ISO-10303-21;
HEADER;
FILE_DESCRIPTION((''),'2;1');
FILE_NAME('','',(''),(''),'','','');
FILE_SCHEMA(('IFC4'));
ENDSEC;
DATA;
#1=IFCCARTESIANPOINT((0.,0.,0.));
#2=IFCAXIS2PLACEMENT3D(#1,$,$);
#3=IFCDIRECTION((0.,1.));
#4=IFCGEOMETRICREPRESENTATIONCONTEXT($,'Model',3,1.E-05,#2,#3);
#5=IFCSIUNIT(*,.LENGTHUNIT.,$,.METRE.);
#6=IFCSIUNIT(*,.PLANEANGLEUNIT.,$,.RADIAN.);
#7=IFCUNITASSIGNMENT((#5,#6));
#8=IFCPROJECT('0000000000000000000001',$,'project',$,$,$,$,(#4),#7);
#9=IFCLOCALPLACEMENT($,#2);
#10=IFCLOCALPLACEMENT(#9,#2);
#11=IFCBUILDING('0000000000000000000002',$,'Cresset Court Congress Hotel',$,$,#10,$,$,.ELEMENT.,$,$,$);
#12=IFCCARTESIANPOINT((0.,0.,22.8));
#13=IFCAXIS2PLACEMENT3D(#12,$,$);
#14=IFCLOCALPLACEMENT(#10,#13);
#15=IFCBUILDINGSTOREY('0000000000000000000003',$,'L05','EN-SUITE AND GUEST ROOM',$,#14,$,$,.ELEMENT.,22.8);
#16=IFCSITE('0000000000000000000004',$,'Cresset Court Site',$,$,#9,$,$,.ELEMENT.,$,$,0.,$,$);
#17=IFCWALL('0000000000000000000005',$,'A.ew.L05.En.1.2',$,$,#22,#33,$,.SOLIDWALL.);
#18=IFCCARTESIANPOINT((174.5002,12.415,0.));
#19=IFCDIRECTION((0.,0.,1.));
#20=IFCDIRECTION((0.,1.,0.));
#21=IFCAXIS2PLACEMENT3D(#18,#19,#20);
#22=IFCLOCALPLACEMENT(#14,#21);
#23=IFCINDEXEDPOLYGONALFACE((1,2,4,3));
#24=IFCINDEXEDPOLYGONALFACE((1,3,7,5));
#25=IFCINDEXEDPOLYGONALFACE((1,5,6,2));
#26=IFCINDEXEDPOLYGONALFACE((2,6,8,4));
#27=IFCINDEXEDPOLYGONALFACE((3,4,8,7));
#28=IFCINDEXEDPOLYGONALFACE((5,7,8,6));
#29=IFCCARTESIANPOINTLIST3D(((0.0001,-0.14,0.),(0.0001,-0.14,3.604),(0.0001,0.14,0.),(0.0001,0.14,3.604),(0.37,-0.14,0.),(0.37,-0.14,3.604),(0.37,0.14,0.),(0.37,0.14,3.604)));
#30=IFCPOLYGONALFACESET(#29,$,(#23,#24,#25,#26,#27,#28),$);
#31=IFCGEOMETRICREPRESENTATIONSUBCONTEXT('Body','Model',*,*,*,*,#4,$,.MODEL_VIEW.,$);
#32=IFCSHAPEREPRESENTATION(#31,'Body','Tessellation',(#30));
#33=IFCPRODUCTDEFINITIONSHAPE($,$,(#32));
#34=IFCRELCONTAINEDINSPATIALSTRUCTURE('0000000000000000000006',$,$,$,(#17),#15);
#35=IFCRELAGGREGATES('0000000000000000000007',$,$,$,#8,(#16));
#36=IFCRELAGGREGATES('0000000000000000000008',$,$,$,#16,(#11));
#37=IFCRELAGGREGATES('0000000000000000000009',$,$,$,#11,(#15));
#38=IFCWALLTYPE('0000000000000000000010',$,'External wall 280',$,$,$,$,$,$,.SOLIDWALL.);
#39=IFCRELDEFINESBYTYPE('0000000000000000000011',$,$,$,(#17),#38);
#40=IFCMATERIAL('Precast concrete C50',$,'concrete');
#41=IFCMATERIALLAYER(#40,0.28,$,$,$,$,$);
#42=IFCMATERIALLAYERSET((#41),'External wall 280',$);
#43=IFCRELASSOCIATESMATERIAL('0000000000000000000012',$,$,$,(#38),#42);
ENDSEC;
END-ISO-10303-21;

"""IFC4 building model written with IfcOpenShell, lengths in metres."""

from ifc_helpers import new_model, si_unit, direction, frame, frame_2d, origin, place, context, subcontext, project, spatial, rectangle, extrude, material, layer, layer_set, type_object, element, save


model = new_model("IFC4")

# Units and contexts
model_context = context("Model", 3, precision=1e-05, world=origin(), true_north=direction((0.0, 1.0)))
body_context = subcontext(model_context, "Body", "Model", "MODEL_VIEW")
ifc_project = project(units=[si_unit("LENGTHUNIT", "METRE"), si_unit("PLANEANGLEUNIT", "RADIAN")], contexts=[model_context])

# Site, building, storey
site_placement = place(None, origin())
site = spatial("IfcSite", under=ifc_project, at=site_placement, Name="Cresset Court Site", CompositionType="ELEMENT", RefElevation=0.0)
building_placement = place(site_placement, origin())
building = spatial("IfcBuilding", under=site, at=building_placement, Name="Cresset Court Congress Hotel", CompositionType="ELEMENT")
storey_placement = place(building_placement, frame((0.0, 0.0, 22.8)))
storey = spatial("IfcBuildingStorey", under=building, at=storey_placement, Name="L05", Description="EN-SUITE AND GUEST ROOM", CompositionType="ELEMENT", Elevation=22.8)

# Shared definitions
ifc_material_1 = material(Name="Precast concrete C50", Category="concrete")
ifc_layer_1 = layer(ifc_material_1, 0.28)
ifc_layer_set_1 = layer_set([ifc_layer_1], Name="External wall 280")
wall_type_1 = type_object("IfcWallType", Name="External wall 280", PredefinedType="SOLIDWALL", material=ifc_layer_set_1)

# Wall
wall_1_placement = place(storey_placement, frame((174.5002, 12.415, 0.0), z_axis=(0.0, 0.0, 1.0), x_axis=(0.0, 1.0, 0.0)))
element("IfcWall", 1, at=wall_1_placement, inside=storey, type_object=wall_type_1, Name="A.ew.L05.En.1.2", PredefinedType="SOLIDWALL", context=body_context, shape_type="SweptSolid", body=[
    extrude(rectangle(XDim=0.3699, YDim=0.28, at=frame_2d((0.1851, 0.0))), origin(), (0.0, 0.0, 1.0), 3.604),
])

save(model, "model.ifc")
